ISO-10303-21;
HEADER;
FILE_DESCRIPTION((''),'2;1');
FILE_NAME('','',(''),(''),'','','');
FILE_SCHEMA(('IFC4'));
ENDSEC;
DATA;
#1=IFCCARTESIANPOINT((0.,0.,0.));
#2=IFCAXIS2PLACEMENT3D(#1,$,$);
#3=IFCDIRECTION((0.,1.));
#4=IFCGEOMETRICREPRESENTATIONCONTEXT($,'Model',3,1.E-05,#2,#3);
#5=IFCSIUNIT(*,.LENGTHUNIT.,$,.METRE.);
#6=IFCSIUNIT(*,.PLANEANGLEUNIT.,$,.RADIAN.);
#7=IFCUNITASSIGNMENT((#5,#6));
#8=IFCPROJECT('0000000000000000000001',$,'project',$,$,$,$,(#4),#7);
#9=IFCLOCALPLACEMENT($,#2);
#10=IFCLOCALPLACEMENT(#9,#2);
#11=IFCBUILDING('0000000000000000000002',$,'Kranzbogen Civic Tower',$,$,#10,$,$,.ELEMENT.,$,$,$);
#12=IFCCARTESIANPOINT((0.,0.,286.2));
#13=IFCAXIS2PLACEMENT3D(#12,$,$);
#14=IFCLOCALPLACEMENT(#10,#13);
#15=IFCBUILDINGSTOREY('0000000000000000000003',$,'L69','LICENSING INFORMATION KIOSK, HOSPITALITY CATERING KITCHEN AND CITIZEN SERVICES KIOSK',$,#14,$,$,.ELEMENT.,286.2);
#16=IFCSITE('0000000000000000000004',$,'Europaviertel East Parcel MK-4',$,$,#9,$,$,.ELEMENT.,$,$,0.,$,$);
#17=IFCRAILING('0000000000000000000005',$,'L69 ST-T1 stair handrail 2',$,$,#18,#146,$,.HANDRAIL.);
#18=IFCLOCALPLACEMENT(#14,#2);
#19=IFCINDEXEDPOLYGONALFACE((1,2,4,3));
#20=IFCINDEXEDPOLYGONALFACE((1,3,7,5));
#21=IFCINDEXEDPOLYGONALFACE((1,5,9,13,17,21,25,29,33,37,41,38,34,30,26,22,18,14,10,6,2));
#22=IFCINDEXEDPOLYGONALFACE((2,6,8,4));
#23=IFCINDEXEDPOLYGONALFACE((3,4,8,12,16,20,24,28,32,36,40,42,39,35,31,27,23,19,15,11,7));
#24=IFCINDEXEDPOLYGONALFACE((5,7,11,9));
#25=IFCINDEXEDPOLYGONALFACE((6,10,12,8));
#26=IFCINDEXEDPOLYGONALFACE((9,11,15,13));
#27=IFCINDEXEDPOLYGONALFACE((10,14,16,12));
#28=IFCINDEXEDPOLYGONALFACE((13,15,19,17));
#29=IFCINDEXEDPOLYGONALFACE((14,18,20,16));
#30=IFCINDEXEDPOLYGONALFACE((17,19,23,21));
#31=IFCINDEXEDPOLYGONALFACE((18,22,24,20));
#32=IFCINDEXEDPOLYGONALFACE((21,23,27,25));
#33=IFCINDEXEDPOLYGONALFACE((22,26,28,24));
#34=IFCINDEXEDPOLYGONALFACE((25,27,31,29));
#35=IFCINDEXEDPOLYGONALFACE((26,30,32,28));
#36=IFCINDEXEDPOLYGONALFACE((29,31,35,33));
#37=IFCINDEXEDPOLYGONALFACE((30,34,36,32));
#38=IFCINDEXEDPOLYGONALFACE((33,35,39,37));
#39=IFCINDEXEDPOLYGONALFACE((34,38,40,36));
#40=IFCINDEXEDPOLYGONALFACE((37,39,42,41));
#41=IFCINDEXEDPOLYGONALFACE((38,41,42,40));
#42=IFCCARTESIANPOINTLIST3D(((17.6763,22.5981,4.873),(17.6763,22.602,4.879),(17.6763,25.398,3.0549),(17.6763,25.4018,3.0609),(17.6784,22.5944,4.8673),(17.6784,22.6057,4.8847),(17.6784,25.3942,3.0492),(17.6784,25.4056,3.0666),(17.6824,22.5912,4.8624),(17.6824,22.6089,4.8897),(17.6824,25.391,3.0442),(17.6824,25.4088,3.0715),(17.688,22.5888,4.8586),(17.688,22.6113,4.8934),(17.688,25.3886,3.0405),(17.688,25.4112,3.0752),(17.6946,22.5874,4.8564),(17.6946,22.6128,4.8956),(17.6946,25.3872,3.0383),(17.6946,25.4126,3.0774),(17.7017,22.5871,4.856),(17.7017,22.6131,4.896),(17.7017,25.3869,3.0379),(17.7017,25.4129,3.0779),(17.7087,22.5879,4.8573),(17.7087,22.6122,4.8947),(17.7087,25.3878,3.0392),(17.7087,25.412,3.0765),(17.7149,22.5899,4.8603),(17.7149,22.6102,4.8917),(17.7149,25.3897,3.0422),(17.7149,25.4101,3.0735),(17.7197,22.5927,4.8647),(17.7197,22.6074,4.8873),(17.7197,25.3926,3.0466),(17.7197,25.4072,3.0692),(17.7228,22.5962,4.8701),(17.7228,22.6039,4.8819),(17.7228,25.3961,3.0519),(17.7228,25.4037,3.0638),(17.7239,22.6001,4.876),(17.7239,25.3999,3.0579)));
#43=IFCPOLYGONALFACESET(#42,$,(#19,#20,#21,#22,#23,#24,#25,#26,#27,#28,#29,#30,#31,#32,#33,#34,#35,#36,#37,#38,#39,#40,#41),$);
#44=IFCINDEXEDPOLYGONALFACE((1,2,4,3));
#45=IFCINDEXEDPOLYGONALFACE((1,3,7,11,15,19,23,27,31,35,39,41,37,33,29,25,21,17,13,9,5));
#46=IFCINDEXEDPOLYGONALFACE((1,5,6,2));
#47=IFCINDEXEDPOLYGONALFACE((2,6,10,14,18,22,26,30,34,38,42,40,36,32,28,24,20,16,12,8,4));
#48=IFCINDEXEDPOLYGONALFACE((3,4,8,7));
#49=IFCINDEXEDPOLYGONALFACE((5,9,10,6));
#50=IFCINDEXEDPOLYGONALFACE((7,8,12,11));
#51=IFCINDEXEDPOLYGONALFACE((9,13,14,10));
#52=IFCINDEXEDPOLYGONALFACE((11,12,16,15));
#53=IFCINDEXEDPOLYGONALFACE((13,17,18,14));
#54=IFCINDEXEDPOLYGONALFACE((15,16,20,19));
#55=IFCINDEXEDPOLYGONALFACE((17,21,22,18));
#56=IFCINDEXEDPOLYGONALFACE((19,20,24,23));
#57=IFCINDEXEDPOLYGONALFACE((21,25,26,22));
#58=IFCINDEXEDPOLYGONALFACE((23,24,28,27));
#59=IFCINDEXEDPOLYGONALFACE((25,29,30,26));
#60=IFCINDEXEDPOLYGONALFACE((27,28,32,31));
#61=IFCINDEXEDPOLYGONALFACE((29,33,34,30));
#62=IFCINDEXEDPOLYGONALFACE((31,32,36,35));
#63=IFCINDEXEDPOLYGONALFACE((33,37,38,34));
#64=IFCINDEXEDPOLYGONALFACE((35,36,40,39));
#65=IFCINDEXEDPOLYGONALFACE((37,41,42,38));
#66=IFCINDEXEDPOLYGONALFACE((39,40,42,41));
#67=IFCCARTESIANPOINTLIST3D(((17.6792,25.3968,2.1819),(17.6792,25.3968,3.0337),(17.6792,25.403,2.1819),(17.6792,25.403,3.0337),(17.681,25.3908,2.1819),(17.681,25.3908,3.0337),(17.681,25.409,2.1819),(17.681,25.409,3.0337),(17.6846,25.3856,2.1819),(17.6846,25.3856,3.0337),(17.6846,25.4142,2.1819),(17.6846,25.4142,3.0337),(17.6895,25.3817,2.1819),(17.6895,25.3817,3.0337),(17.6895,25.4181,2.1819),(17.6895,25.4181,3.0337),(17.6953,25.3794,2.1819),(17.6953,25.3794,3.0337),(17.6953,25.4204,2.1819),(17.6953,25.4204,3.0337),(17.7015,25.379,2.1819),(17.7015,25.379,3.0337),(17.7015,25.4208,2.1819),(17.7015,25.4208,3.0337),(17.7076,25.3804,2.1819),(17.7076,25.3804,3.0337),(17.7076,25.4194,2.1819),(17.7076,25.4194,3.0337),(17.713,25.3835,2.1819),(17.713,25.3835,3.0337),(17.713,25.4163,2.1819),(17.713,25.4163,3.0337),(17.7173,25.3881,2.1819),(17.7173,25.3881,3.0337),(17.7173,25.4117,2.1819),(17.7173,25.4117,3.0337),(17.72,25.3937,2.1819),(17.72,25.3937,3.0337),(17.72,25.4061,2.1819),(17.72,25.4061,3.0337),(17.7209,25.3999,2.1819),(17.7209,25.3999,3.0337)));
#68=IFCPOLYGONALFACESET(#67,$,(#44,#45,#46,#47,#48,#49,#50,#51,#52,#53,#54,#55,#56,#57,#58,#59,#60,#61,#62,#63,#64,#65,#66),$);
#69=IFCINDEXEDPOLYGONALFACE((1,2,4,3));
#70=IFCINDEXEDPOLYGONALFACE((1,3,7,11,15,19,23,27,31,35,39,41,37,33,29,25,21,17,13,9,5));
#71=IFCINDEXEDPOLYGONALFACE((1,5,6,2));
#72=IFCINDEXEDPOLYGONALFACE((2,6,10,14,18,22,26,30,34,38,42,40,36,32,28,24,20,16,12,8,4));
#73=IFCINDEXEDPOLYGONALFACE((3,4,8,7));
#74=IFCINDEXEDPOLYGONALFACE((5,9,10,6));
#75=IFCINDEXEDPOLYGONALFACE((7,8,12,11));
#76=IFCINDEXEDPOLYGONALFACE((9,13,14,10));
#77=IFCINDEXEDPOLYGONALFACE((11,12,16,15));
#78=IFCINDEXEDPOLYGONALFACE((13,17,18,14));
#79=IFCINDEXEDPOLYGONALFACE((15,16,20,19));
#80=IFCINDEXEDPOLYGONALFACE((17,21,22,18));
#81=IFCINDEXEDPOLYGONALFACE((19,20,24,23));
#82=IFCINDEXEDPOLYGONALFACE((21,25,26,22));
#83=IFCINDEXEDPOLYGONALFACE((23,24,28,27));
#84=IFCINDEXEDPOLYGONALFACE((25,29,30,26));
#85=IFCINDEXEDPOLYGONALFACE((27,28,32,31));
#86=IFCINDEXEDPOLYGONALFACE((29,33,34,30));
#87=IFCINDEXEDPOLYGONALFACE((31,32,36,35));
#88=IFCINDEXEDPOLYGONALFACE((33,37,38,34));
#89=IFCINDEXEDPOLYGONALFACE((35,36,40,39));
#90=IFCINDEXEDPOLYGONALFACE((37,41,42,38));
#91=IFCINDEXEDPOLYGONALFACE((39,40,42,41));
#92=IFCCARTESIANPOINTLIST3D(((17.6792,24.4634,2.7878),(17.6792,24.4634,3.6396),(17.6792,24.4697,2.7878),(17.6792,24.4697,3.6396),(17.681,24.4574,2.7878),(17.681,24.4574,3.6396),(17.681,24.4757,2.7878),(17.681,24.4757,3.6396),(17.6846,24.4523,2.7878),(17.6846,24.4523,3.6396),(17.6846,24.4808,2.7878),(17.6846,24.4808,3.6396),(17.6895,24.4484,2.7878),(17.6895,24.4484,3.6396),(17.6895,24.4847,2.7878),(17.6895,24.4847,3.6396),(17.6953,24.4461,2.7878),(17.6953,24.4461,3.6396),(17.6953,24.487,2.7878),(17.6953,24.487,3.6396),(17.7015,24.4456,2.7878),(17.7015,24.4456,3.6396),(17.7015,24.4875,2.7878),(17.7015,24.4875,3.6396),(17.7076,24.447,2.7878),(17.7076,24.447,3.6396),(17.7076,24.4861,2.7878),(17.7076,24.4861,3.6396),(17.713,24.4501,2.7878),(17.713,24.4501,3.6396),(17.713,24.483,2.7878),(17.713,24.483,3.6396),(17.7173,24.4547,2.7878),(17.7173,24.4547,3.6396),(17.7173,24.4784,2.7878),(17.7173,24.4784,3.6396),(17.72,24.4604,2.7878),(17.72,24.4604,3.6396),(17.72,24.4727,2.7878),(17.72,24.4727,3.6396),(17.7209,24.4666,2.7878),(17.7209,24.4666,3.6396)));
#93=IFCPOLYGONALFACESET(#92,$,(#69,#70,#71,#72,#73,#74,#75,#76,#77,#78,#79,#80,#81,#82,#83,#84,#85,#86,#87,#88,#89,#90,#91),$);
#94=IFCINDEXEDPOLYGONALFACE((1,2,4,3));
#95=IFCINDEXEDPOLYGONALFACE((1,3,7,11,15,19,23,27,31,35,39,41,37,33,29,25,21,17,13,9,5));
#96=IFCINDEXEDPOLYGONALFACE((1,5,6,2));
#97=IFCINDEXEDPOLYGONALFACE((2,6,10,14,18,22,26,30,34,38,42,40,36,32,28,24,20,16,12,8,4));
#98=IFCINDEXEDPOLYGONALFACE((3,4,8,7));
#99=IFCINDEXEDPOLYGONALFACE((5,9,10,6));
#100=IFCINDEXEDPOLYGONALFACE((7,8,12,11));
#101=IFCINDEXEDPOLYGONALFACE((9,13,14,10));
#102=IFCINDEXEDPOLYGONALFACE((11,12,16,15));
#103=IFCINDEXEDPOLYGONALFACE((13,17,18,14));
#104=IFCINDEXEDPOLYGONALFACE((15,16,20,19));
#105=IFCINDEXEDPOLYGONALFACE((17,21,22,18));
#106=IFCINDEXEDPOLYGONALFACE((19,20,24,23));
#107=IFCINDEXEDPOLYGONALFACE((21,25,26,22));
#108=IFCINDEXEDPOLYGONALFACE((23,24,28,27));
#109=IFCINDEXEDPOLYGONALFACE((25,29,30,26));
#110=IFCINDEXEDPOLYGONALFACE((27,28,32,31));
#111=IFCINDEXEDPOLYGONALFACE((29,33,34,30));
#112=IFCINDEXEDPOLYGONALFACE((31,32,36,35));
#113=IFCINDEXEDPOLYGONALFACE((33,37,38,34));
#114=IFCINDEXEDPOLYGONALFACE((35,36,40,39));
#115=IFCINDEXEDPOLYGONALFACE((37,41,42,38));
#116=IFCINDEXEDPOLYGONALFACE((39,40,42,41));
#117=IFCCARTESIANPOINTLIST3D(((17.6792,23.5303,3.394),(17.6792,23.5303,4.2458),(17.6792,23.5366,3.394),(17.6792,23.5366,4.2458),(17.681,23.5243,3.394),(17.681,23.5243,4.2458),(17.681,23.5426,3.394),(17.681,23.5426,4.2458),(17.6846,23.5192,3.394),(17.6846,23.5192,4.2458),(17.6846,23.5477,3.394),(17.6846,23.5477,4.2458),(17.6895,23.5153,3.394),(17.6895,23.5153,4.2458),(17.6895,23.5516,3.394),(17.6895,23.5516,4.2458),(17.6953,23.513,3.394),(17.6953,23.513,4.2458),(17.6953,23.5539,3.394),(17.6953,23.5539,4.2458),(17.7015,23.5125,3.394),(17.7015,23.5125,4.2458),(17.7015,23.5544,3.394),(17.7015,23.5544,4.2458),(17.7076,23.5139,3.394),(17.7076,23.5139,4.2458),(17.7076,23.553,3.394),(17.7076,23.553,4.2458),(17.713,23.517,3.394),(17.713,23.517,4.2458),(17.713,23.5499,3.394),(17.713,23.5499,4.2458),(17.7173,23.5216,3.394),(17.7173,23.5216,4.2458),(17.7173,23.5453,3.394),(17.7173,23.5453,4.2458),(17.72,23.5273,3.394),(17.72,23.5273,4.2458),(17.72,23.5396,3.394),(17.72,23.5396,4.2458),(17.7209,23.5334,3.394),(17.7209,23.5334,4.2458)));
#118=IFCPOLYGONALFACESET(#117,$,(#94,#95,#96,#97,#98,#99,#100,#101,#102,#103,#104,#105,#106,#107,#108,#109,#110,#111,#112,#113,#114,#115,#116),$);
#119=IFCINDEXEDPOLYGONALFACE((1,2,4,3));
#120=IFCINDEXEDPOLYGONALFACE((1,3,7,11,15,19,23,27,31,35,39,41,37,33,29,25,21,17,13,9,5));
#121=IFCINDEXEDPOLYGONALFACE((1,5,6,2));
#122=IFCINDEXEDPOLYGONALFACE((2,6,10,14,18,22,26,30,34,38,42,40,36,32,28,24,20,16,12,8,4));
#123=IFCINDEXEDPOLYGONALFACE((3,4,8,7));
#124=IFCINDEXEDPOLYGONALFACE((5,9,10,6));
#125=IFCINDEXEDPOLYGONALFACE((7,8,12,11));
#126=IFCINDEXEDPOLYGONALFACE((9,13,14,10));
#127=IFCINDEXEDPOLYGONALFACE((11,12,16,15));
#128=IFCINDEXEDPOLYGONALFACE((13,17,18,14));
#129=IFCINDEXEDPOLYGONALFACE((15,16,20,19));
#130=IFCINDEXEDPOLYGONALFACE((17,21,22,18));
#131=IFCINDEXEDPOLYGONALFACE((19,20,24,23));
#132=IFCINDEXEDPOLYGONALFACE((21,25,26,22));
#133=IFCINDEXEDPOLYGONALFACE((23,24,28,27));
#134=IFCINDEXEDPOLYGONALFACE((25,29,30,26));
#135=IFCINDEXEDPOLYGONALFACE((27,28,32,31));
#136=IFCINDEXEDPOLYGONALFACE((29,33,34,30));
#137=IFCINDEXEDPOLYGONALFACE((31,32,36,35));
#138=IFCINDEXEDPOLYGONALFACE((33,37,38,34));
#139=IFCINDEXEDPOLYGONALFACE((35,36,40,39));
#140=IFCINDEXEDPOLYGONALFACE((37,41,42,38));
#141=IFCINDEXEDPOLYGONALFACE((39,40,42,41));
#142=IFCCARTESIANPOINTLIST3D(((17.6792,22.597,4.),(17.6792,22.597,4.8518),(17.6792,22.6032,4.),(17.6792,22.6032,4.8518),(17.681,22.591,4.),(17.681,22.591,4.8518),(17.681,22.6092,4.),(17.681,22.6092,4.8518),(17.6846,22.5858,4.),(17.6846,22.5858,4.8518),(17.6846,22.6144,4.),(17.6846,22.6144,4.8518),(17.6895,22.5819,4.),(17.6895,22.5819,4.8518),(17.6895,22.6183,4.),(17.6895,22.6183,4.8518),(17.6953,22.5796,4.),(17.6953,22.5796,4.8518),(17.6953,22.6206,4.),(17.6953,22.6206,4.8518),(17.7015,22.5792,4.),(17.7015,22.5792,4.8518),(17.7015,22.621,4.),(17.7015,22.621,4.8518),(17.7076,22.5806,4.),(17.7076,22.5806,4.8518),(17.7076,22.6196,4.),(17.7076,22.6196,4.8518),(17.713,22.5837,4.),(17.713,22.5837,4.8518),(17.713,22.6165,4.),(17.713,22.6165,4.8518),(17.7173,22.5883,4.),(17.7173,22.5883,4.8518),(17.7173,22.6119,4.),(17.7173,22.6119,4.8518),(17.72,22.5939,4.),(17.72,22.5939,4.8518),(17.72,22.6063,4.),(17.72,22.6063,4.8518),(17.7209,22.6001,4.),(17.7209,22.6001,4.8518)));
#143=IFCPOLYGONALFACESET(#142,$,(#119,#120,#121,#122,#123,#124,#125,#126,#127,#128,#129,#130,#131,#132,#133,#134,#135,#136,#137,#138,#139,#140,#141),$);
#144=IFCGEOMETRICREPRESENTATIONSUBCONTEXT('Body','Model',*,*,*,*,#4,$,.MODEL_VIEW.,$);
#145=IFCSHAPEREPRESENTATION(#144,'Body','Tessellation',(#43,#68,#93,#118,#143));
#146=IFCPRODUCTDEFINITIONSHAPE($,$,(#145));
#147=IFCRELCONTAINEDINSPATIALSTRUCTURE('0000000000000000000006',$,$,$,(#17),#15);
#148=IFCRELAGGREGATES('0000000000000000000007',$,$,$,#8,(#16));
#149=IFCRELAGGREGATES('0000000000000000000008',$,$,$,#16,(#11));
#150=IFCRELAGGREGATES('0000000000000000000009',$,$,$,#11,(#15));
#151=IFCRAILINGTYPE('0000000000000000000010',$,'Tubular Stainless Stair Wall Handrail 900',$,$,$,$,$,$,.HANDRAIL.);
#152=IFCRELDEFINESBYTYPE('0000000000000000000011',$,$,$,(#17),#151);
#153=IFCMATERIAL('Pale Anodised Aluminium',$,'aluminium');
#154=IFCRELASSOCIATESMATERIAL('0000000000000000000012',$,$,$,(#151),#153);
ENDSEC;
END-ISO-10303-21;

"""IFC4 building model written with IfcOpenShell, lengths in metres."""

from ifc_helpers import new_model, si_unit, direction, frame, origin, origin_2d, place, context, subcontext, project, spatial, circle, extrude, material, type_object, element, save


model = new_model("IFC4")

# Units and contexts
model_context = context("Model", 3, precision=1e-05, world=origin(), true_north=direction((0.0, 1.0)))
body_context = subcontext(model_context, "Body", "Model", "MODEL_VIEW")
ifc_project = project(units=[si_unit("LENGTHUNIT", "METRE"), si_unit("PLANEANGLEUNIT", "RADIAN")], contexts=[model_context])

# Site, building, storey
site_placement = place(None, origin())
site = spatial("IfcSite", under=ifc_project, at=site_placement, Name="Europaviertel East Parcel MK-4", CompositionType="ELEMENT", RefElevation=0.0)
building_placement = place(site_placement, origin())
building = spatial("IfcBuilding", under=site, at=building_placement, Name="Kranzbogen Civic Tower", CompositionType="ELEMENT")
storey_placement = place(building_placement, frame((0.0, 0.0, 286.2)))
storey = spatial("IfcBuildingStorey", under=building, at=storey_placement, Name="L69", Description="LICENSING INFORMATION KIOSK, HOSPITALITY CATERING KITCHEN AND CITIZEN SERVICES KIOSK", CompositionType="ELEMENT", Elevation=286.2)

# Shared definitions
ifc_material_1 = material(Name="Pale Anodised Aluminium", Category="aluminium")

# Railing
railing_type_1 = type_object("IfcRailingType", Name="Tubular Stainless Stair Wall Handrail 900", PredefinedType="HANDRAIL", material=ifc_material_1)
railing_1_placement = place(storey_placement, frame((17.7, 25.3999, 2.1819)))
element("IfcRailing", 1, at=railing_1_placement, inside=storey, type_object=railing_type_1, Name="L69 ST-T1 stair handrail 2", PredefinedType="HANDRAIL", context=body_context, shape_type="SweptSolid", body=[
    extrude(circle(Radius=0.0239, at=origin_2d()), frame((0.0, 0.0, 0.876), z_axis=(0.0, -0.838684, 0.544618), x_axis=(1.0, 0.0, 0.0)), (0.0, 0.0, 1.0), 3.3384),
    extrude(circle(Radius=0.021, at=origin_2d()), origin(), (0.0, 0.0, 1.0), 0.8518),
    extrude(circle(Radius=0.021, at=origin_2d()), frame((0.0, -0.9333, 0.606)), (0.0, 0.0, 1.0), 0.8518),
    extrude(circle(Radius=0.021, at=origin_2d()), frame((0.0, -1.8665, 1.2122)), (0.0, 0.0, 1.0), 0.8518),
    extrude(circle(Radius=0.021, at=origin_2d()), frame((0.0, -2.7998, 1.8181)), (0.0, 0.0, 1.0), 0.8518),
])

save(model, "model.ifc")
